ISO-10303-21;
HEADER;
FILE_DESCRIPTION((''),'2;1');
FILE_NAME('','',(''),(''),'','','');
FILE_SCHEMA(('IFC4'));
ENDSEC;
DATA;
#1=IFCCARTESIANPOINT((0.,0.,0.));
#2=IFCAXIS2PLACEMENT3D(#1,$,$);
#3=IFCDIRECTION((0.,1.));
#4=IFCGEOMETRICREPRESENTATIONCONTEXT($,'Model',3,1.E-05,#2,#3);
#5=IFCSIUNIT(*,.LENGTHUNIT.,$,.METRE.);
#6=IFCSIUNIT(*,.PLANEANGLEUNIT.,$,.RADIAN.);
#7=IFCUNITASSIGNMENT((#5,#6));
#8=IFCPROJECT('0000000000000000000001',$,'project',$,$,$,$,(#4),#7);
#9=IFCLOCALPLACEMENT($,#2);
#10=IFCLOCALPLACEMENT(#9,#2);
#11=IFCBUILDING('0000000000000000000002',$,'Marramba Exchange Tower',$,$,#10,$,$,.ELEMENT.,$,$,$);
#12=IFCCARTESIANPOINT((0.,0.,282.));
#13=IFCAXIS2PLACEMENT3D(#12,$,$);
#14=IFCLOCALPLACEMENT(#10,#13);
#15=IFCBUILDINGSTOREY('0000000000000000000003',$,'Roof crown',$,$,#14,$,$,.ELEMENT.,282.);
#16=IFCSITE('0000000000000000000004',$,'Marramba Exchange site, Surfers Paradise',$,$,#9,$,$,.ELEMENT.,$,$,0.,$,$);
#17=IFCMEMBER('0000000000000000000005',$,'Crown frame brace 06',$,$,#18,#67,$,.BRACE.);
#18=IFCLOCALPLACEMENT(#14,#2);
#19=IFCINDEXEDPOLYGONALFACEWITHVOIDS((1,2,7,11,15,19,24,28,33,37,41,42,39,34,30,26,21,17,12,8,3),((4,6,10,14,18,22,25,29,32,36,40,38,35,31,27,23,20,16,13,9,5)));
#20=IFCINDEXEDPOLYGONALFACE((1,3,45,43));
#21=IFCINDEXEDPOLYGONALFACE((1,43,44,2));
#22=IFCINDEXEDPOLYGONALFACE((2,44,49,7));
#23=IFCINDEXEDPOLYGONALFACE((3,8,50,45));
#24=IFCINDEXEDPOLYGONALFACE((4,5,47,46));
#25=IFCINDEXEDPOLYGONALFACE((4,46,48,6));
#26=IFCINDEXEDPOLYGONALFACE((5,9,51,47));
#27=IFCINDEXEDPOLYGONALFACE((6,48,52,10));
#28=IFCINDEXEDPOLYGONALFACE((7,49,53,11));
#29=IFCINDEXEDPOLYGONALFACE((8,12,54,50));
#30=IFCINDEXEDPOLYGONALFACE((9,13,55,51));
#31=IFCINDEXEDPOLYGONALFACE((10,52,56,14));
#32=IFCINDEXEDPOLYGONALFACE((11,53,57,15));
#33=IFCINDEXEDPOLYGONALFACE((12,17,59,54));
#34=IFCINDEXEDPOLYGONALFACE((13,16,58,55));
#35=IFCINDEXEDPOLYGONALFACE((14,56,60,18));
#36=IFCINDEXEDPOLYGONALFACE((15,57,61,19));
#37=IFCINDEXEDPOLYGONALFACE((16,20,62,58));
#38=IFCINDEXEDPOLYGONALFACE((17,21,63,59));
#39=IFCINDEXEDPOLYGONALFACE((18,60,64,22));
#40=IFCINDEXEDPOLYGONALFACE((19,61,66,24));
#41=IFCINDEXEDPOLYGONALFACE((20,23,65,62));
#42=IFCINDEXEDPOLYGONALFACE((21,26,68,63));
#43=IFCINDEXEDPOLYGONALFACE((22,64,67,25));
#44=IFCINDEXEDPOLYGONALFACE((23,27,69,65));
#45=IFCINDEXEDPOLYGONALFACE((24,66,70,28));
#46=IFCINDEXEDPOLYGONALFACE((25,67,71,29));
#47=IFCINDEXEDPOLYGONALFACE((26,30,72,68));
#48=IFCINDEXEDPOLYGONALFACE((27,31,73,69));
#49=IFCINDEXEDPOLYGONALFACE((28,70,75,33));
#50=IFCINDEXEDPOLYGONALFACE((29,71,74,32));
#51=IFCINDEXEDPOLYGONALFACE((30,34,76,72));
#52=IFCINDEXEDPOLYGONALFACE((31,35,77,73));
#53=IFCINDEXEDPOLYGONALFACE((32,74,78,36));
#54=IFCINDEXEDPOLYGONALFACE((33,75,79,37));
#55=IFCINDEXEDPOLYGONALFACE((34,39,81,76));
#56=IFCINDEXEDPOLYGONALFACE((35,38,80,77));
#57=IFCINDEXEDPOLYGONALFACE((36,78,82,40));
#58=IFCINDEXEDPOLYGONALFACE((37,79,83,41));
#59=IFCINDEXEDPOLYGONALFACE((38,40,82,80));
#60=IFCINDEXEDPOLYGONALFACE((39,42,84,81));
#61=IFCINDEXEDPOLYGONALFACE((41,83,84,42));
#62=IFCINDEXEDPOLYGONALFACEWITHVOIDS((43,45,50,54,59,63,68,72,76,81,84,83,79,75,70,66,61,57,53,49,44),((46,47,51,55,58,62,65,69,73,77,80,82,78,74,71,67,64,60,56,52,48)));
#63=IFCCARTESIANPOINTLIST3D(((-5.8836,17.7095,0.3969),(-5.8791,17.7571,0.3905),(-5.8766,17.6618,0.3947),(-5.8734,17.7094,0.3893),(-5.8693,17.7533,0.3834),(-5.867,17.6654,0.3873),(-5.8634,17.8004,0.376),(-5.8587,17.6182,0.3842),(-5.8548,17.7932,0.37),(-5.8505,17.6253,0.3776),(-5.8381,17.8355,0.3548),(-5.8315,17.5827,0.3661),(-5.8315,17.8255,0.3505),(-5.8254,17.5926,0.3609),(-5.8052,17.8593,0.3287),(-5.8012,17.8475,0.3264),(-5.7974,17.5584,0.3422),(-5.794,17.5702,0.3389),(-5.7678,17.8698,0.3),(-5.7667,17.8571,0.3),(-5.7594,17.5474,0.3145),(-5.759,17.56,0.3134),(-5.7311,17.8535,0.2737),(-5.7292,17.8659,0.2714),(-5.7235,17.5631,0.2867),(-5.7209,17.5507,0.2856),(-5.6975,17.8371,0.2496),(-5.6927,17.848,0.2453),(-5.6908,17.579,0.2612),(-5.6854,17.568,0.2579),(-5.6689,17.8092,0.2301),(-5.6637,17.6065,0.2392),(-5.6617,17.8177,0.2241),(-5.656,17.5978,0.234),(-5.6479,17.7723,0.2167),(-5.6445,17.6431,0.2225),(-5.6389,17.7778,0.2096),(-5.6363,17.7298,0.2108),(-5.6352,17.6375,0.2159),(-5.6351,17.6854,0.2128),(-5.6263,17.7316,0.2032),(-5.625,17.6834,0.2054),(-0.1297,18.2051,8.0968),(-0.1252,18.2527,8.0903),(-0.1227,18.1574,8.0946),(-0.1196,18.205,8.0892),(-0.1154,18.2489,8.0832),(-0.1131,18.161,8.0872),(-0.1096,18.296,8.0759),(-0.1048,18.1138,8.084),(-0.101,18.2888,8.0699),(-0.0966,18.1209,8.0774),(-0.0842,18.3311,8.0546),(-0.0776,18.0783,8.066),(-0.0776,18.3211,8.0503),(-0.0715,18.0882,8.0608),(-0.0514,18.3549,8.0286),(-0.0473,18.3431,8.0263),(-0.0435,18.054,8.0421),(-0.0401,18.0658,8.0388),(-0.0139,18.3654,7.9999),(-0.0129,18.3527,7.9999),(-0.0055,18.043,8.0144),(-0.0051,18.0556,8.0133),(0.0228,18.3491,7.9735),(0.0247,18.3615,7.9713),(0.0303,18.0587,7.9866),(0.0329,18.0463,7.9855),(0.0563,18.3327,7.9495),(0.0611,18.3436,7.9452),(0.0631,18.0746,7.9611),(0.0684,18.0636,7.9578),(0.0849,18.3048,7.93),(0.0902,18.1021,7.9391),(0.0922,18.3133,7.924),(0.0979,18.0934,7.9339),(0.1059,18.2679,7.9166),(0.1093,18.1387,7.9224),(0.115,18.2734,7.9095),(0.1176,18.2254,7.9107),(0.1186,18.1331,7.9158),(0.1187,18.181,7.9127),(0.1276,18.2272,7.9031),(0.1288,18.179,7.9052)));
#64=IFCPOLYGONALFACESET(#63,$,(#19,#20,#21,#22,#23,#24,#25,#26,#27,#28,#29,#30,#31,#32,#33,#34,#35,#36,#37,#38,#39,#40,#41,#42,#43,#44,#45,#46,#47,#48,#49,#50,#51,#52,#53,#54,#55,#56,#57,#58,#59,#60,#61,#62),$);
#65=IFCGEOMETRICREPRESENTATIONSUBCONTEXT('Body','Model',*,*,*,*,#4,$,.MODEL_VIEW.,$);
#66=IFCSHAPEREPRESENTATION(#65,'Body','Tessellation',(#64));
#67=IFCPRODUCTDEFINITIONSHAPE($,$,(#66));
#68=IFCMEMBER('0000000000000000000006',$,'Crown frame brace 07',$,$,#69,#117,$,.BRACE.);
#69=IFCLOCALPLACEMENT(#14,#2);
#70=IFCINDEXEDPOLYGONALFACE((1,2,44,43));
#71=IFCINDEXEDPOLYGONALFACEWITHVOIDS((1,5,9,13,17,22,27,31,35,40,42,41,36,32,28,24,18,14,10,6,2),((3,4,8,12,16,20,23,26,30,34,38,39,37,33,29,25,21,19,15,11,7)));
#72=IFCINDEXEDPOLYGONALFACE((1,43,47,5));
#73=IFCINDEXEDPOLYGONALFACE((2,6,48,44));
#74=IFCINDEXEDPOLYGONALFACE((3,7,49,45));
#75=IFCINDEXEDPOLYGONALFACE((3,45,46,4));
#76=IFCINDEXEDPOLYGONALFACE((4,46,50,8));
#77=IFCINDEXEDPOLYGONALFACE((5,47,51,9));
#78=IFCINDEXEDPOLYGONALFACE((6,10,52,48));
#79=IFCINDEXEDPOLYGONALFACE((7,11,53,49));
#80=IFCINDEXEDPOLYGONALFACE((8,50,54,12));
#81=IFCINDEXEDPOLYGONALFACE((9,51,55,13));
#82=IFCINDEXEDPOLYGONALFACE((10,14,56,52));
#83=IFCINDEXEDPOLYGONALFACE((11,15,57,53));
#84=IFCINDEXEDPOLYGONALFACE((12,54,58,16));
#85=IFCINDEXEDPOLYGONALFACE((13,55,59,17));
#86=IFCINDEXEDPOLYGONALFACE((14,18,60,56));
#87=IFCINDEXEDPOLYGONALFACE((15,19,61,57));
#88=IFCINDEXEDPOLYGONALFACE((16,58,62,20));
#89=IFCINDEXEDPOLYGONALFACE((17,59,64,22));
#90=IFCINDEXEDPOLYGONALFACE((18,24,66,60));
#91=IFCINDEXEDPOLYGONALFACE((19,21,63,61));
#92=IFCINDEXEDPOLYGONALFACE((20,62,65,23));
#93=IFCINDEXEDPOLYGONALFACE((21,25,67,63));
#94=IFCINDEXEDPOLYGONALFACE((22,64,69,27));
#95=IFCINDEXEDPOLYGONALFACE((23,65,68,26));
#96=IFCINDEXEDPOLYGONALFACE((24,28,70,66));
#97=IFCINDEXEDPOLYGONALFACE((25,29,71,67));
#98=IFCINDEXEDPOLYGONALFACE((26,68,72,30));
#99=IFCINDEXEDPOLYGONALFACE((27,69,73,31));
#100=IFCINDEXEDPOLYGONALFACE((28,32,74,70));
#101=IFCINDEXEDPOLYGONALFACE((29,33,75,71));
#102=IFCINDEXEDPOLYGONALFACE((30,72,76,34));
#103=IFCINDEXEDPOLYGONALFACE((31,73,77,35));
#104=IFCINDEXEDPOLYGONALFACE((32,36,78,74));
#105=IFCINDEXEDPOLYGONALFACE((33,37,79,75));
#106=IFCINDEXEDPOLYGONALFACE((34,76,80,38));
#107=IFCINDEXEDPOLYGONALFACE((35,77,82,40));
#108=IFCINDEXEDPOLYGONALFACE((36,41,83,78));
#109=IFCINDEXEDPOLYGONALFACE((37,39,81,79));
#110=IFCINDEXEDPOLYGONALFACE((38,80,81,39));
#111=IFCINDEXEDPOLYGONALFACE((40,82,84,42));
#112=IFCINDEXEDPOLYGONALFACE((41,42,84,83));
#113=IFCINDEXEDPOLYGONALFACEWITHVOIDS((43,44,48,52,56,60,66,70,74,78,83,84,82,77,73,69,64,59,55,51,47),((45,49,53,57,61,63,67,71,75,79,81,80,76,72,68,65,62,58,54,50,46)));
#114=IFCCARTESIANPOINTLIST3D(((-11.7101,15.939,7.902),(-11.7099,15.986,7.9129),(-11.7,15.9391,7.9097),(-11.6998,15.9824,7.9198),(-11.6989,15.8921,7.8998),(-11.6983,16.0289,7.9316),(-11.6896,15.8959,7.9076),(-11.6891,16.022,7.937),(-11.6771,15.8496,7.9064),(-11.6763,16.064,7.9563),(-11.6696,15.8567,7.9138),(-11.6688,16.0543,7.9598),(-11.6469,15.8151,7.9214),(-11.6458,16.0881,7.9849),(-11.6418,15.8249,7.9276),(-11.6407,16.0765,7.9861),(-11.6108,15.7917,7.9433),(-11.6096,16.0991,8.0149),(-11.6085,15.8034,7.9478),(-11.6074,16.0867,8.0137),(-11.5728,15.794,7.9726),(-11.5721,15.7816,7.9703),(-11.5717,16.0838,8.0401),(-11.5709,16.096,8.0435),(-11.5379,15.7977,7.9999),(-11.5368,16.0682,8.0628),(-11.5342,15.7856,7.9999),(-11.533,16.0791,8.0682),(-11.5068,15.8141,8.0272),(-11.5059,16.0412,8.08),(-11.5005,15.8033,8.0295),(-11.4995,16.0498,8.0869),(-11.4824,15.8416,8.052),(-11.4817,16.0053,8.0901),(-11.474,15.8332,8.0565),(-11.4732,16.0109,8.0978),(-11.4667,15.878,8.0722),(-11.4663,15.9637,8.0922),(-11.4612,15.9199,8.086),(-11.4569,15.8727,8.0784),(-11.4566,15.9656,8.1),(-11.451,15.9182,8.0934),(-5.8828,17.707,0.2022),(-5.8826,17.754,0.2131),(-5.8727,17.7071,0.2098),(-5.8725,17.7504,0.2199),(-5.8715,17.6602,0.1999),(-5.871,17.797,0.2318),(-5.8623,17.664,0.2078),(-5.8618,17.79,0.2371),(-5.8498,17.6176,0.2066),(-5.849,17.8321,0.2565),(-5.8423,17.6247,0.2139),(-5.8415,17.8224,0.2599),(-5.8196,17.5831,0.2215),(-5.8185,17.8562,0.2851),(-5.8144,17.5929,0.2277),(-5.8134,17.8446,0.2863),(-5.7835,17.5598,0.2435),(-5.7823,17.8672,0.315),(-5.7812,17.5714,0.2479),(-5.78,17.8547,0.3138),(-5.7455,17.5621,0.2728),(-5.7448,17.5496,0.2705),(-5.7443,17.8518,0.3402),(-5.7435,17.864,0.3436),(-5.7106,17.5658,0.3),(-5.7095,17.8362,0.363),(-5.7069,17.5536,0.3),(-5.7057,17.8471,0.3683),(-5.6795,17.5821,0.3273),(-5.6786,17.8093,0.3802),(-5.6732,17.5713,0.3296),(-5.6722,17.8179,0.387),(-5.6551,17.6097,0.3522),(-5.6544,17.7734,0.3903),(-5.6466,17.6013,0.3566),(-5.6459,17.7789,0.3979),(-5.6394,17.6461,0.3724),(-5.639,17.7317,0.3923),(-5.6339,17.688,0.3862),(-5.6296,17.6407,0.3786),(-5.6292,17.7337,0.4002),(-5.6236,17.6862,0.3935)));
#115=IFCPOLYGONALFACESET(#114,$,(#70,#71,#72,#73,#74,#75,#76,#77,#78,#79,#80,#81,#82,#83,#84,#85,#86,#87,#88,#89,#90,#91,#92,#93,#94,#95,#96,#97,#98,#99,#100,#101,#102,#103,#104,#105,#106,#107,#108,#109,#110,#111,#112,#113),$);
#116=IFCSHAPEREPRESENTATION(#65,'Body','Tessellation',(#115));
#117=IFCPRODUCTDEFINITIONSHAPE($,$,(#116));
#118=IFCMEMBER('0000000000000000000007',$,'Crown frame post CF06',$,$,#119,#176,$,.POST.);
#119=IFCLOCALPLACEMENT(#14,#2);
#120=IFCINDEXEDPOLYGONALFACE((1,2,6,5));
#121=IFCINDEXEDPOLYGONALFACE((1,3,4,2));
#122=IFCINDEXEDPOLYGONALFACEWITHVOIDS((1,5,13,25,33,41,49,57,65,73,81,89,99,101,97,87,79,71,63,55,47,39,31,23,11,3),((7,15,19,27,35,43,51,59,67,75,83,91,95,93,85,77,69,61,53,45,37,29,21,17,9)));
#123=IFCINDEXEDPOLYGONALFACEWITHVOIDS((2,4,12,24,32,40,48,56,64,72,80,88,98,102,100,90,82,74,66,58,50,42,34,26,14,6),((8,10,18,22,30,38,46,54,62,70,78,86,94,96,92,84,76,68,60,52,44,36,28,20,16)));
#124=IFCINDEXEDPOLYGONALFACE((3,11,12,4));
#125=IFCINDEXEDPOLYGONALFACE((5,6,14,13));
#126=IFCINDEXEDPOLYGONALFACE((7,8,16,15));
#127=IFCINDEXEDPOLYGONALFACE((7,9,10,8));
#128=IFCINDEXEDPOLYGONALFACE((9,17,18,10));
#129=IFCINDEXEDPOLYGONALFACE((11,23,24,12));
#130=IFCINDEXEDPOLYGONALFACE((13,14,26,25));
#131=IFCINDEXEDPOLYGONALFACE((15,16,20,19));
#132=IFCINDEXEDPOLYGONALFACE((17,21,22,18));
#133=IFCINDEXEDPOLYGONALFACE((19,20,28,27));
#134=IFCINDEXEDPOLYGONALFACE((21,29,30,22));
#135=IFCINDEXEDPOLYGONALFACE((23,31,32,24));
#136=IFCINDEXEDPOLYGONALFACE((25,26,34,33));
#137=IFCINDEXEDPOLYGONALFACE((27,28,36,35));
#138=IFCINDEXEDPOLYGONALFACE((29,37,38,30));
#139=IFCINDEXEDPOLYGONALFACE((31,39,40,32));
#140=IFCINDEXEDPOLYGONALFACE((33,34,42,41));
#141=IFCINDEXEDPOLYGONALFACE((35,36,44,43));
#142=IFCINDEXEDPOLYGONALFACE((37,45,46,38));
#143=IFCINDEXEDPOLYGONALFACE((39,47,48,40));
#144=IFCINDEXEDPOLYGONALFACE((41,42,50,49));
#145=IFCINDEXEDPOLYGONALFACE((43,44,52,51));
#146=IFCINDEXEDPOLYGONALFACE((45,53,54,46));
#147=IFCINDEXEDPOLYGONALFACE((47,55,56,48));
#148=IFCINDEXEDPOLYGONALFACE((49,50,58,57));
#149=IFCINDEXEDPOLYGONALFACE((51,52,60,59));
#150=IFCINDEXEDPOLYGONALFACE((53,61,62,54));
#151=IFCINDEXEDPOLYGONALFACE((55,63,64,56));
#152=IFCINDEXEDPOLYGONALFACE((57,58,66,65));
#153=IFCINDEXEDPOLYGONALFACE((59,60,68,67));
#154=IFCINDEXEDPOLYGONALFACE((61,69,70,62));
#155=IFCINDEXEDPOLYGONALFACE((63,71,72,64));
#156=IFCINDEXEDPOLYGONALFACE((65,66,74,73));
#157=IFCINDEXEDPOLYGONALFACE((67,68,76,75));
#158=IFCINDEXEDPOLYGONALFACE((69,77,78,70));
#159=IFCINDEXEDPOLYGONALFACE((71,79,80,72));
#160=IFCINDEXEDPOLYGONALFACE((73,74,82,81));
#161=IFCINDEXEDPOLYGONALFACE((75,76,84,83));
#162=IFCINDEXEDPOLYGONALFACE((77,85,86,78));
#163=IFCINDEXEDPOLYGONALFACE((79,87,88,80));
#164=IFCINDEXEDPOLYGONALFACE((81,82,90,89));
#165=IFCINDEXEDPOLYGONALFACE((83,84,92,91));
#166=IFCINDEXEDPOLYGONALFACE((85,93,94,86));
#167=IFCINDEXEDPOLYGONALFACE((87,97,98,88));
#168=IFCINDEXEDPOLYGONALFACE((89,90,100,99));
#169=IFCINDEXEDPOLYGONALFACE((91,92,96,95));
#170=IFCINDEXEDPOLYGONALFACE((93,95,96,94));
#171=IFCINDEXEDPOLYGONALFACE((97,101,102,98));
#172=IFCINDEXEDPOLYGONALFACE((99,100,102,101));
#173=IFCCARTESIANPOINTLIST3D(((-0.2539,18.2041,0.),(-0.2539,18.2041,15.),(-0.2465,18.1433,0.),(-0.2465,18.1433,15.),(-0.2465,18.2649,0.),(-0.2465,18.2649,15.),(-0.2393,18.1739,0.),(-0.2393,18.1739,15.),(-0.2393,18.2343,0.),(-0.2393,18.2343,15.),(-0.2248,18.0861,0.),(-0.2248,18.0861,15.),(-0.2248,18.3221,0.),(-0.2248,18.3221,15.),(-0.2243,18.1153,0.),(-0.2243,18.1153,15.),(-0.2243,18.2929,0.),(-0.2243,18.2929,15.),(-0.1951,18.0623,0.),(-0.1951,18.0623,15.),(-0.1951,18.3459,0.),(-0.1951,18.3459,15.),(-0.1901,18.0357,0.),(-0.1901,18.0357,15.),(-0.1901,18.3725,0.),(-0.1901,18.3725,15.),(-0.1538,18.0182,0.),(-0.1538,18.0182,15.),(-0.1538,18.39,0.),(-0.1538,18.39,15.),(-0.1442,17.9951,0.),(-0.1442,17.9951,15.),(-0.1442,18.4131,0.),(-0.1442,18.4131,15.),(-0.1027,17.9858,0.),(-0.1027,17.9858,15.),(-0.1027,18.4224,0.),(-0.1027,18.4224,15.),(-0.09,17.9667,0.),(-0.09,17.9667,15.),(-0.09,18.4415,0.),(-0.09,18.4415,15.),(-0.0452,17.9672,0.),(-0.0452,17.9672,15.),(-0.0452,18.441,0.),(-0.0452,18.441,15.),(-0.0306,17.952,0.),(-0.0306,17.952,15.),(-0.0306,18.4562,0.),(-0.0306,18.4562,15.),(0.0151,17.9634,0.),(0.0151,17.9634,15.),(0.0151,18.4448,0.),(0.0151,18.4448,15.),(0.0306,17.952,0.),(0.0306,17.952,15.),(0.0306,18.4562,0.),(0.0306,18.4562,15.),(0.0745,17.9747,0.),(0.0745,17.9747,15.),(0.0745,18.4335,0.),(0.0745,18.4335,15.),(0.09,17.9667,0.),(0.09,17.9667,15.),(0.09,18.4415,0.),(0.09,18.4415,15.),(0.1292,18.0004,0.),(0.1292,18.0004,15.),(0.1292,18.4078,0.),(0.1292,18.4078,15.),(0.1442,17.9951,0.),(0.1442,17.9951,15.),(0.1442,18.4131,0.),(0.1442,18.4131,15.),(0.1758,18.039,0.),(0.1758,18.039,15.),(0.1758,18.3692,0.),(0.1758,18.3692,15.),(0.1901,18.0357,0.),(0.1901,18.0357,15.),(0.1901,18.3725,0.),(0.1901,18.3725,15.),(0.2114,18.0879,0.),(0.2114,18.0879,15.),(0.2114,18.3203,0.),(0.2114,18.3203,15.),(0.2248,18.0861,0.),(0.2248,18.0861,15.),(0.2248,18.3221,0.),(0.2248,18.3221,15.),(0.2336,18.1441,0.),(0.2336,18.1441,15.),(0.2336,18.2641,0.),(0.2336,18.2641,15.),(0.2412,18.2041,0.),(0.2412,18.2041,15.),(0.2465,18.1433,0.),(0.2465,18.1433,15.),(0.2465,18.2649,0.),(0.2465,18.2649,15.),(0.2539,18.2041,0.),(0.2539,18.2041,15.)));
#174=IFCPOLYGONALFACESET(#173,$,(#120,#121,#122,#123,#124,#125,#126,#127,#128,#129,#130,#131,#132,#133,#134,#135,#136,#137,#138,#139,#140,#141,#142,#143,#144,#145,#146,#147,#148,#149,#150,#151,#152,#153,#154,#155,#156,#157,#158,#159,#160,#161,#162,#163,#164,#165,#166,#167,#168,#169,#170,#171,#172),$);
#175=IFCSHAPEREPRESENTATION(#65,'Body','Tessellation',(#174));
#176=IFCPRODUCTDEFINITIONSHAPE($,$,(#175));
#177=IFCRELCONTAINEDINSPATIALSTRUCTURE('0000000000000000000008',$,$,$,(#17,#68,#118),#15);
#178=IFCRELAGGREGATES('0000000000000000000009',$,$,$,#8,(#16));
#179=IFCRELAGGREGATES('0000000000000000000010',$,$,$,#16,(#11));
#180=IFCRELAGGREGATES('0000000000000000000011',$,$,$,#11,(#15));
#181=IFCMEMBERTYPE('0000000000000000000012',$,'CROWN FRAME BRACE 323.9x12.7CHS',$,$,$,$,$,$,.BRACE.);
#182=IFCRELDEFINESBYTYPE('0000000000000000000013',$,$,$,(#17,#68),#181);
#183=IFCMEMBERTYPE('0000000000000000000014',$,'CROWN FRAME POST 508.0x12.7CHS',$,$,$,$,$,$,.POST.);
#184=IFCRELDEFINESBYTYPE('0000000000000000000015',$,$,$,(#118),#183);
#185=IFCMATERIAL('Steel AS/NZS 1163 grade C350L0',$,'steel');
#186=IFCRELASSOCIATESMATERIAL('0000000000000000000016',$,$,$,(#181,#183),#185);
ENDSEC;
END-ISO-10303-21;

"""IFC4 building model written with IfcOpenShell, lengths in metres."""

from ifc_helpers import new_model, si_unit, direction, frame, origin, origin_2d, place, context, subcontext, project, spatial, hollow_circle, extrude, material, material_profile, profile_set, type_object, element, save


model = new_model("IFC4")

# Units and contexts
model_context = context("Model", 3, precision=1e-05, world=origin(), true_north=direction((0.0, 1.0)))
body_context = subcontext(model_context, "Body", "Model", "MODEL_VIEW")
ifc_project = project(units=[si_unit("LENGTHUNIT", "METRE"), si_unit("PLANEANGLEUNIT", "RADIAN")], contexts=[model_context])

# Site, building, storey
site_placement = place(None, origin())
site = spatial("IfcSite", under=ifc_project, at=site_placement, Name="Marramba Exchange site, Surfers Paradise", CompositionType="ELEMENT", RefElevation=0.0)
building_placement = place(site_placement, origin())
building = spatial("IfcBuilding", under=site, at=building_placement, Name="Marramba Exchange Tower", CompositionType="ELEMENT")
storey_placement = place(building_placement, frame((0.0, 0.0, 282.0)))
storey = spatial("IfcBuildingStorey", under=building, at=storey_placement, Name="Roof crown", CompositionType="ELEMENT", Elevation=282.0)

# Members
ifc_material_1 = material(Name="Steel AS/NZS 1163 grade C350L0", Category="steel")
ifc_material_profile_1 = material_profile(ifc_material_1, hollow_circle(Radius=0.1619, WallThickness=0.0127, at=origin_2d()), Name="323.9x12.7CHS")
ifc_profile_set_1 = profile_set([ifc_material_profile_1], Name="Steel AS/NZS 1163 grade C350L0")
member_type_1 = type_object("IfcMemberType", Name="CROWN FRAME BRACE 323.9x12.7CHS", PredefinedType="BRACE", material=ifc_profile_set_1)
member_1_placement = place(storey_placement, frame((-5.7539, 17.7085, 0.3), z_axis=(0.597803, 0.051491, 0.799988), x_axis=(-0.085816, 0.996311, 0.0)))
element("IfcMember", 1, at=member_1_placement, inside=storey, type_object=member_type_1, Name="Crown frame brace 06", PredefinedType="BRACE", context=body_context, shape_type="SweptSolid", body=[
    extrude(hollow_circle(Radius=0.1619, WallThickness=0.0127, at=origin_2d()), origin(), (0.0, 0.0, 1.0), 9.625),
])
member_2_placement = place(storey_placement, frame((-5.7539, 17.7085, 0.3), z_axis=(-0.593601, -0.180102, 0.784347), x_axis=(0.290337, -0.956925, 0.0)))
element("IfcMember", 2, at=member_2_placement, inside=storey, type_object=member_type_1, Name="Crown frame brace 07", PredefinedType="BRACE", context=body_context, shape_type="SweptSolid", body=[
    extrude(hollow_circle(Radius=0.1619, WallThickness=0.0127, at=origin_2d()), origin(), (0.0, 0.0, 1.0), 9.8169),
])
ifc_material_profile_2 = material_profile(ifc_material_1, hollow_circle(Radius=0.2539, WallThickness=0.0127, at=origin_2d()), Name="508.0x12.7CHS")
ifc_profile_set_2 = profile_set([ifc_material_profile_2], Name="Steel AS/NZS 1163 grade C350L0")
member_type_2 = type_object("IfcMemberType", Name="CROWN FRAME POST 508.0x12.7CHS", PredefinedType="POST", material=ifc_profile_set_2)
for number, where, z_axis, x_axis, name in (
    (3, (0.0, 18.2041, 0.0), (0.0, 0.0, 1.0), (1.0, 0.0, 0.0), "Crown frame post CF06"),
):
    element("IfcMember", number, at=place(storey_placement, frame(where, z_axis=z_axis, x_axis=x_axis)), inside=storey, type_object=member_type_2, Name=name, PredefinedType="POST", context=body_context, shape_type="SweptSolid", body=[
        extrude(hollow_circle(Radius=0.2539, WallThickness=0.0127, at=origin_2d()), origin(), (0.0, 0.0, 1.0), 15.0),
    ])

save(model, "model.ifc")
